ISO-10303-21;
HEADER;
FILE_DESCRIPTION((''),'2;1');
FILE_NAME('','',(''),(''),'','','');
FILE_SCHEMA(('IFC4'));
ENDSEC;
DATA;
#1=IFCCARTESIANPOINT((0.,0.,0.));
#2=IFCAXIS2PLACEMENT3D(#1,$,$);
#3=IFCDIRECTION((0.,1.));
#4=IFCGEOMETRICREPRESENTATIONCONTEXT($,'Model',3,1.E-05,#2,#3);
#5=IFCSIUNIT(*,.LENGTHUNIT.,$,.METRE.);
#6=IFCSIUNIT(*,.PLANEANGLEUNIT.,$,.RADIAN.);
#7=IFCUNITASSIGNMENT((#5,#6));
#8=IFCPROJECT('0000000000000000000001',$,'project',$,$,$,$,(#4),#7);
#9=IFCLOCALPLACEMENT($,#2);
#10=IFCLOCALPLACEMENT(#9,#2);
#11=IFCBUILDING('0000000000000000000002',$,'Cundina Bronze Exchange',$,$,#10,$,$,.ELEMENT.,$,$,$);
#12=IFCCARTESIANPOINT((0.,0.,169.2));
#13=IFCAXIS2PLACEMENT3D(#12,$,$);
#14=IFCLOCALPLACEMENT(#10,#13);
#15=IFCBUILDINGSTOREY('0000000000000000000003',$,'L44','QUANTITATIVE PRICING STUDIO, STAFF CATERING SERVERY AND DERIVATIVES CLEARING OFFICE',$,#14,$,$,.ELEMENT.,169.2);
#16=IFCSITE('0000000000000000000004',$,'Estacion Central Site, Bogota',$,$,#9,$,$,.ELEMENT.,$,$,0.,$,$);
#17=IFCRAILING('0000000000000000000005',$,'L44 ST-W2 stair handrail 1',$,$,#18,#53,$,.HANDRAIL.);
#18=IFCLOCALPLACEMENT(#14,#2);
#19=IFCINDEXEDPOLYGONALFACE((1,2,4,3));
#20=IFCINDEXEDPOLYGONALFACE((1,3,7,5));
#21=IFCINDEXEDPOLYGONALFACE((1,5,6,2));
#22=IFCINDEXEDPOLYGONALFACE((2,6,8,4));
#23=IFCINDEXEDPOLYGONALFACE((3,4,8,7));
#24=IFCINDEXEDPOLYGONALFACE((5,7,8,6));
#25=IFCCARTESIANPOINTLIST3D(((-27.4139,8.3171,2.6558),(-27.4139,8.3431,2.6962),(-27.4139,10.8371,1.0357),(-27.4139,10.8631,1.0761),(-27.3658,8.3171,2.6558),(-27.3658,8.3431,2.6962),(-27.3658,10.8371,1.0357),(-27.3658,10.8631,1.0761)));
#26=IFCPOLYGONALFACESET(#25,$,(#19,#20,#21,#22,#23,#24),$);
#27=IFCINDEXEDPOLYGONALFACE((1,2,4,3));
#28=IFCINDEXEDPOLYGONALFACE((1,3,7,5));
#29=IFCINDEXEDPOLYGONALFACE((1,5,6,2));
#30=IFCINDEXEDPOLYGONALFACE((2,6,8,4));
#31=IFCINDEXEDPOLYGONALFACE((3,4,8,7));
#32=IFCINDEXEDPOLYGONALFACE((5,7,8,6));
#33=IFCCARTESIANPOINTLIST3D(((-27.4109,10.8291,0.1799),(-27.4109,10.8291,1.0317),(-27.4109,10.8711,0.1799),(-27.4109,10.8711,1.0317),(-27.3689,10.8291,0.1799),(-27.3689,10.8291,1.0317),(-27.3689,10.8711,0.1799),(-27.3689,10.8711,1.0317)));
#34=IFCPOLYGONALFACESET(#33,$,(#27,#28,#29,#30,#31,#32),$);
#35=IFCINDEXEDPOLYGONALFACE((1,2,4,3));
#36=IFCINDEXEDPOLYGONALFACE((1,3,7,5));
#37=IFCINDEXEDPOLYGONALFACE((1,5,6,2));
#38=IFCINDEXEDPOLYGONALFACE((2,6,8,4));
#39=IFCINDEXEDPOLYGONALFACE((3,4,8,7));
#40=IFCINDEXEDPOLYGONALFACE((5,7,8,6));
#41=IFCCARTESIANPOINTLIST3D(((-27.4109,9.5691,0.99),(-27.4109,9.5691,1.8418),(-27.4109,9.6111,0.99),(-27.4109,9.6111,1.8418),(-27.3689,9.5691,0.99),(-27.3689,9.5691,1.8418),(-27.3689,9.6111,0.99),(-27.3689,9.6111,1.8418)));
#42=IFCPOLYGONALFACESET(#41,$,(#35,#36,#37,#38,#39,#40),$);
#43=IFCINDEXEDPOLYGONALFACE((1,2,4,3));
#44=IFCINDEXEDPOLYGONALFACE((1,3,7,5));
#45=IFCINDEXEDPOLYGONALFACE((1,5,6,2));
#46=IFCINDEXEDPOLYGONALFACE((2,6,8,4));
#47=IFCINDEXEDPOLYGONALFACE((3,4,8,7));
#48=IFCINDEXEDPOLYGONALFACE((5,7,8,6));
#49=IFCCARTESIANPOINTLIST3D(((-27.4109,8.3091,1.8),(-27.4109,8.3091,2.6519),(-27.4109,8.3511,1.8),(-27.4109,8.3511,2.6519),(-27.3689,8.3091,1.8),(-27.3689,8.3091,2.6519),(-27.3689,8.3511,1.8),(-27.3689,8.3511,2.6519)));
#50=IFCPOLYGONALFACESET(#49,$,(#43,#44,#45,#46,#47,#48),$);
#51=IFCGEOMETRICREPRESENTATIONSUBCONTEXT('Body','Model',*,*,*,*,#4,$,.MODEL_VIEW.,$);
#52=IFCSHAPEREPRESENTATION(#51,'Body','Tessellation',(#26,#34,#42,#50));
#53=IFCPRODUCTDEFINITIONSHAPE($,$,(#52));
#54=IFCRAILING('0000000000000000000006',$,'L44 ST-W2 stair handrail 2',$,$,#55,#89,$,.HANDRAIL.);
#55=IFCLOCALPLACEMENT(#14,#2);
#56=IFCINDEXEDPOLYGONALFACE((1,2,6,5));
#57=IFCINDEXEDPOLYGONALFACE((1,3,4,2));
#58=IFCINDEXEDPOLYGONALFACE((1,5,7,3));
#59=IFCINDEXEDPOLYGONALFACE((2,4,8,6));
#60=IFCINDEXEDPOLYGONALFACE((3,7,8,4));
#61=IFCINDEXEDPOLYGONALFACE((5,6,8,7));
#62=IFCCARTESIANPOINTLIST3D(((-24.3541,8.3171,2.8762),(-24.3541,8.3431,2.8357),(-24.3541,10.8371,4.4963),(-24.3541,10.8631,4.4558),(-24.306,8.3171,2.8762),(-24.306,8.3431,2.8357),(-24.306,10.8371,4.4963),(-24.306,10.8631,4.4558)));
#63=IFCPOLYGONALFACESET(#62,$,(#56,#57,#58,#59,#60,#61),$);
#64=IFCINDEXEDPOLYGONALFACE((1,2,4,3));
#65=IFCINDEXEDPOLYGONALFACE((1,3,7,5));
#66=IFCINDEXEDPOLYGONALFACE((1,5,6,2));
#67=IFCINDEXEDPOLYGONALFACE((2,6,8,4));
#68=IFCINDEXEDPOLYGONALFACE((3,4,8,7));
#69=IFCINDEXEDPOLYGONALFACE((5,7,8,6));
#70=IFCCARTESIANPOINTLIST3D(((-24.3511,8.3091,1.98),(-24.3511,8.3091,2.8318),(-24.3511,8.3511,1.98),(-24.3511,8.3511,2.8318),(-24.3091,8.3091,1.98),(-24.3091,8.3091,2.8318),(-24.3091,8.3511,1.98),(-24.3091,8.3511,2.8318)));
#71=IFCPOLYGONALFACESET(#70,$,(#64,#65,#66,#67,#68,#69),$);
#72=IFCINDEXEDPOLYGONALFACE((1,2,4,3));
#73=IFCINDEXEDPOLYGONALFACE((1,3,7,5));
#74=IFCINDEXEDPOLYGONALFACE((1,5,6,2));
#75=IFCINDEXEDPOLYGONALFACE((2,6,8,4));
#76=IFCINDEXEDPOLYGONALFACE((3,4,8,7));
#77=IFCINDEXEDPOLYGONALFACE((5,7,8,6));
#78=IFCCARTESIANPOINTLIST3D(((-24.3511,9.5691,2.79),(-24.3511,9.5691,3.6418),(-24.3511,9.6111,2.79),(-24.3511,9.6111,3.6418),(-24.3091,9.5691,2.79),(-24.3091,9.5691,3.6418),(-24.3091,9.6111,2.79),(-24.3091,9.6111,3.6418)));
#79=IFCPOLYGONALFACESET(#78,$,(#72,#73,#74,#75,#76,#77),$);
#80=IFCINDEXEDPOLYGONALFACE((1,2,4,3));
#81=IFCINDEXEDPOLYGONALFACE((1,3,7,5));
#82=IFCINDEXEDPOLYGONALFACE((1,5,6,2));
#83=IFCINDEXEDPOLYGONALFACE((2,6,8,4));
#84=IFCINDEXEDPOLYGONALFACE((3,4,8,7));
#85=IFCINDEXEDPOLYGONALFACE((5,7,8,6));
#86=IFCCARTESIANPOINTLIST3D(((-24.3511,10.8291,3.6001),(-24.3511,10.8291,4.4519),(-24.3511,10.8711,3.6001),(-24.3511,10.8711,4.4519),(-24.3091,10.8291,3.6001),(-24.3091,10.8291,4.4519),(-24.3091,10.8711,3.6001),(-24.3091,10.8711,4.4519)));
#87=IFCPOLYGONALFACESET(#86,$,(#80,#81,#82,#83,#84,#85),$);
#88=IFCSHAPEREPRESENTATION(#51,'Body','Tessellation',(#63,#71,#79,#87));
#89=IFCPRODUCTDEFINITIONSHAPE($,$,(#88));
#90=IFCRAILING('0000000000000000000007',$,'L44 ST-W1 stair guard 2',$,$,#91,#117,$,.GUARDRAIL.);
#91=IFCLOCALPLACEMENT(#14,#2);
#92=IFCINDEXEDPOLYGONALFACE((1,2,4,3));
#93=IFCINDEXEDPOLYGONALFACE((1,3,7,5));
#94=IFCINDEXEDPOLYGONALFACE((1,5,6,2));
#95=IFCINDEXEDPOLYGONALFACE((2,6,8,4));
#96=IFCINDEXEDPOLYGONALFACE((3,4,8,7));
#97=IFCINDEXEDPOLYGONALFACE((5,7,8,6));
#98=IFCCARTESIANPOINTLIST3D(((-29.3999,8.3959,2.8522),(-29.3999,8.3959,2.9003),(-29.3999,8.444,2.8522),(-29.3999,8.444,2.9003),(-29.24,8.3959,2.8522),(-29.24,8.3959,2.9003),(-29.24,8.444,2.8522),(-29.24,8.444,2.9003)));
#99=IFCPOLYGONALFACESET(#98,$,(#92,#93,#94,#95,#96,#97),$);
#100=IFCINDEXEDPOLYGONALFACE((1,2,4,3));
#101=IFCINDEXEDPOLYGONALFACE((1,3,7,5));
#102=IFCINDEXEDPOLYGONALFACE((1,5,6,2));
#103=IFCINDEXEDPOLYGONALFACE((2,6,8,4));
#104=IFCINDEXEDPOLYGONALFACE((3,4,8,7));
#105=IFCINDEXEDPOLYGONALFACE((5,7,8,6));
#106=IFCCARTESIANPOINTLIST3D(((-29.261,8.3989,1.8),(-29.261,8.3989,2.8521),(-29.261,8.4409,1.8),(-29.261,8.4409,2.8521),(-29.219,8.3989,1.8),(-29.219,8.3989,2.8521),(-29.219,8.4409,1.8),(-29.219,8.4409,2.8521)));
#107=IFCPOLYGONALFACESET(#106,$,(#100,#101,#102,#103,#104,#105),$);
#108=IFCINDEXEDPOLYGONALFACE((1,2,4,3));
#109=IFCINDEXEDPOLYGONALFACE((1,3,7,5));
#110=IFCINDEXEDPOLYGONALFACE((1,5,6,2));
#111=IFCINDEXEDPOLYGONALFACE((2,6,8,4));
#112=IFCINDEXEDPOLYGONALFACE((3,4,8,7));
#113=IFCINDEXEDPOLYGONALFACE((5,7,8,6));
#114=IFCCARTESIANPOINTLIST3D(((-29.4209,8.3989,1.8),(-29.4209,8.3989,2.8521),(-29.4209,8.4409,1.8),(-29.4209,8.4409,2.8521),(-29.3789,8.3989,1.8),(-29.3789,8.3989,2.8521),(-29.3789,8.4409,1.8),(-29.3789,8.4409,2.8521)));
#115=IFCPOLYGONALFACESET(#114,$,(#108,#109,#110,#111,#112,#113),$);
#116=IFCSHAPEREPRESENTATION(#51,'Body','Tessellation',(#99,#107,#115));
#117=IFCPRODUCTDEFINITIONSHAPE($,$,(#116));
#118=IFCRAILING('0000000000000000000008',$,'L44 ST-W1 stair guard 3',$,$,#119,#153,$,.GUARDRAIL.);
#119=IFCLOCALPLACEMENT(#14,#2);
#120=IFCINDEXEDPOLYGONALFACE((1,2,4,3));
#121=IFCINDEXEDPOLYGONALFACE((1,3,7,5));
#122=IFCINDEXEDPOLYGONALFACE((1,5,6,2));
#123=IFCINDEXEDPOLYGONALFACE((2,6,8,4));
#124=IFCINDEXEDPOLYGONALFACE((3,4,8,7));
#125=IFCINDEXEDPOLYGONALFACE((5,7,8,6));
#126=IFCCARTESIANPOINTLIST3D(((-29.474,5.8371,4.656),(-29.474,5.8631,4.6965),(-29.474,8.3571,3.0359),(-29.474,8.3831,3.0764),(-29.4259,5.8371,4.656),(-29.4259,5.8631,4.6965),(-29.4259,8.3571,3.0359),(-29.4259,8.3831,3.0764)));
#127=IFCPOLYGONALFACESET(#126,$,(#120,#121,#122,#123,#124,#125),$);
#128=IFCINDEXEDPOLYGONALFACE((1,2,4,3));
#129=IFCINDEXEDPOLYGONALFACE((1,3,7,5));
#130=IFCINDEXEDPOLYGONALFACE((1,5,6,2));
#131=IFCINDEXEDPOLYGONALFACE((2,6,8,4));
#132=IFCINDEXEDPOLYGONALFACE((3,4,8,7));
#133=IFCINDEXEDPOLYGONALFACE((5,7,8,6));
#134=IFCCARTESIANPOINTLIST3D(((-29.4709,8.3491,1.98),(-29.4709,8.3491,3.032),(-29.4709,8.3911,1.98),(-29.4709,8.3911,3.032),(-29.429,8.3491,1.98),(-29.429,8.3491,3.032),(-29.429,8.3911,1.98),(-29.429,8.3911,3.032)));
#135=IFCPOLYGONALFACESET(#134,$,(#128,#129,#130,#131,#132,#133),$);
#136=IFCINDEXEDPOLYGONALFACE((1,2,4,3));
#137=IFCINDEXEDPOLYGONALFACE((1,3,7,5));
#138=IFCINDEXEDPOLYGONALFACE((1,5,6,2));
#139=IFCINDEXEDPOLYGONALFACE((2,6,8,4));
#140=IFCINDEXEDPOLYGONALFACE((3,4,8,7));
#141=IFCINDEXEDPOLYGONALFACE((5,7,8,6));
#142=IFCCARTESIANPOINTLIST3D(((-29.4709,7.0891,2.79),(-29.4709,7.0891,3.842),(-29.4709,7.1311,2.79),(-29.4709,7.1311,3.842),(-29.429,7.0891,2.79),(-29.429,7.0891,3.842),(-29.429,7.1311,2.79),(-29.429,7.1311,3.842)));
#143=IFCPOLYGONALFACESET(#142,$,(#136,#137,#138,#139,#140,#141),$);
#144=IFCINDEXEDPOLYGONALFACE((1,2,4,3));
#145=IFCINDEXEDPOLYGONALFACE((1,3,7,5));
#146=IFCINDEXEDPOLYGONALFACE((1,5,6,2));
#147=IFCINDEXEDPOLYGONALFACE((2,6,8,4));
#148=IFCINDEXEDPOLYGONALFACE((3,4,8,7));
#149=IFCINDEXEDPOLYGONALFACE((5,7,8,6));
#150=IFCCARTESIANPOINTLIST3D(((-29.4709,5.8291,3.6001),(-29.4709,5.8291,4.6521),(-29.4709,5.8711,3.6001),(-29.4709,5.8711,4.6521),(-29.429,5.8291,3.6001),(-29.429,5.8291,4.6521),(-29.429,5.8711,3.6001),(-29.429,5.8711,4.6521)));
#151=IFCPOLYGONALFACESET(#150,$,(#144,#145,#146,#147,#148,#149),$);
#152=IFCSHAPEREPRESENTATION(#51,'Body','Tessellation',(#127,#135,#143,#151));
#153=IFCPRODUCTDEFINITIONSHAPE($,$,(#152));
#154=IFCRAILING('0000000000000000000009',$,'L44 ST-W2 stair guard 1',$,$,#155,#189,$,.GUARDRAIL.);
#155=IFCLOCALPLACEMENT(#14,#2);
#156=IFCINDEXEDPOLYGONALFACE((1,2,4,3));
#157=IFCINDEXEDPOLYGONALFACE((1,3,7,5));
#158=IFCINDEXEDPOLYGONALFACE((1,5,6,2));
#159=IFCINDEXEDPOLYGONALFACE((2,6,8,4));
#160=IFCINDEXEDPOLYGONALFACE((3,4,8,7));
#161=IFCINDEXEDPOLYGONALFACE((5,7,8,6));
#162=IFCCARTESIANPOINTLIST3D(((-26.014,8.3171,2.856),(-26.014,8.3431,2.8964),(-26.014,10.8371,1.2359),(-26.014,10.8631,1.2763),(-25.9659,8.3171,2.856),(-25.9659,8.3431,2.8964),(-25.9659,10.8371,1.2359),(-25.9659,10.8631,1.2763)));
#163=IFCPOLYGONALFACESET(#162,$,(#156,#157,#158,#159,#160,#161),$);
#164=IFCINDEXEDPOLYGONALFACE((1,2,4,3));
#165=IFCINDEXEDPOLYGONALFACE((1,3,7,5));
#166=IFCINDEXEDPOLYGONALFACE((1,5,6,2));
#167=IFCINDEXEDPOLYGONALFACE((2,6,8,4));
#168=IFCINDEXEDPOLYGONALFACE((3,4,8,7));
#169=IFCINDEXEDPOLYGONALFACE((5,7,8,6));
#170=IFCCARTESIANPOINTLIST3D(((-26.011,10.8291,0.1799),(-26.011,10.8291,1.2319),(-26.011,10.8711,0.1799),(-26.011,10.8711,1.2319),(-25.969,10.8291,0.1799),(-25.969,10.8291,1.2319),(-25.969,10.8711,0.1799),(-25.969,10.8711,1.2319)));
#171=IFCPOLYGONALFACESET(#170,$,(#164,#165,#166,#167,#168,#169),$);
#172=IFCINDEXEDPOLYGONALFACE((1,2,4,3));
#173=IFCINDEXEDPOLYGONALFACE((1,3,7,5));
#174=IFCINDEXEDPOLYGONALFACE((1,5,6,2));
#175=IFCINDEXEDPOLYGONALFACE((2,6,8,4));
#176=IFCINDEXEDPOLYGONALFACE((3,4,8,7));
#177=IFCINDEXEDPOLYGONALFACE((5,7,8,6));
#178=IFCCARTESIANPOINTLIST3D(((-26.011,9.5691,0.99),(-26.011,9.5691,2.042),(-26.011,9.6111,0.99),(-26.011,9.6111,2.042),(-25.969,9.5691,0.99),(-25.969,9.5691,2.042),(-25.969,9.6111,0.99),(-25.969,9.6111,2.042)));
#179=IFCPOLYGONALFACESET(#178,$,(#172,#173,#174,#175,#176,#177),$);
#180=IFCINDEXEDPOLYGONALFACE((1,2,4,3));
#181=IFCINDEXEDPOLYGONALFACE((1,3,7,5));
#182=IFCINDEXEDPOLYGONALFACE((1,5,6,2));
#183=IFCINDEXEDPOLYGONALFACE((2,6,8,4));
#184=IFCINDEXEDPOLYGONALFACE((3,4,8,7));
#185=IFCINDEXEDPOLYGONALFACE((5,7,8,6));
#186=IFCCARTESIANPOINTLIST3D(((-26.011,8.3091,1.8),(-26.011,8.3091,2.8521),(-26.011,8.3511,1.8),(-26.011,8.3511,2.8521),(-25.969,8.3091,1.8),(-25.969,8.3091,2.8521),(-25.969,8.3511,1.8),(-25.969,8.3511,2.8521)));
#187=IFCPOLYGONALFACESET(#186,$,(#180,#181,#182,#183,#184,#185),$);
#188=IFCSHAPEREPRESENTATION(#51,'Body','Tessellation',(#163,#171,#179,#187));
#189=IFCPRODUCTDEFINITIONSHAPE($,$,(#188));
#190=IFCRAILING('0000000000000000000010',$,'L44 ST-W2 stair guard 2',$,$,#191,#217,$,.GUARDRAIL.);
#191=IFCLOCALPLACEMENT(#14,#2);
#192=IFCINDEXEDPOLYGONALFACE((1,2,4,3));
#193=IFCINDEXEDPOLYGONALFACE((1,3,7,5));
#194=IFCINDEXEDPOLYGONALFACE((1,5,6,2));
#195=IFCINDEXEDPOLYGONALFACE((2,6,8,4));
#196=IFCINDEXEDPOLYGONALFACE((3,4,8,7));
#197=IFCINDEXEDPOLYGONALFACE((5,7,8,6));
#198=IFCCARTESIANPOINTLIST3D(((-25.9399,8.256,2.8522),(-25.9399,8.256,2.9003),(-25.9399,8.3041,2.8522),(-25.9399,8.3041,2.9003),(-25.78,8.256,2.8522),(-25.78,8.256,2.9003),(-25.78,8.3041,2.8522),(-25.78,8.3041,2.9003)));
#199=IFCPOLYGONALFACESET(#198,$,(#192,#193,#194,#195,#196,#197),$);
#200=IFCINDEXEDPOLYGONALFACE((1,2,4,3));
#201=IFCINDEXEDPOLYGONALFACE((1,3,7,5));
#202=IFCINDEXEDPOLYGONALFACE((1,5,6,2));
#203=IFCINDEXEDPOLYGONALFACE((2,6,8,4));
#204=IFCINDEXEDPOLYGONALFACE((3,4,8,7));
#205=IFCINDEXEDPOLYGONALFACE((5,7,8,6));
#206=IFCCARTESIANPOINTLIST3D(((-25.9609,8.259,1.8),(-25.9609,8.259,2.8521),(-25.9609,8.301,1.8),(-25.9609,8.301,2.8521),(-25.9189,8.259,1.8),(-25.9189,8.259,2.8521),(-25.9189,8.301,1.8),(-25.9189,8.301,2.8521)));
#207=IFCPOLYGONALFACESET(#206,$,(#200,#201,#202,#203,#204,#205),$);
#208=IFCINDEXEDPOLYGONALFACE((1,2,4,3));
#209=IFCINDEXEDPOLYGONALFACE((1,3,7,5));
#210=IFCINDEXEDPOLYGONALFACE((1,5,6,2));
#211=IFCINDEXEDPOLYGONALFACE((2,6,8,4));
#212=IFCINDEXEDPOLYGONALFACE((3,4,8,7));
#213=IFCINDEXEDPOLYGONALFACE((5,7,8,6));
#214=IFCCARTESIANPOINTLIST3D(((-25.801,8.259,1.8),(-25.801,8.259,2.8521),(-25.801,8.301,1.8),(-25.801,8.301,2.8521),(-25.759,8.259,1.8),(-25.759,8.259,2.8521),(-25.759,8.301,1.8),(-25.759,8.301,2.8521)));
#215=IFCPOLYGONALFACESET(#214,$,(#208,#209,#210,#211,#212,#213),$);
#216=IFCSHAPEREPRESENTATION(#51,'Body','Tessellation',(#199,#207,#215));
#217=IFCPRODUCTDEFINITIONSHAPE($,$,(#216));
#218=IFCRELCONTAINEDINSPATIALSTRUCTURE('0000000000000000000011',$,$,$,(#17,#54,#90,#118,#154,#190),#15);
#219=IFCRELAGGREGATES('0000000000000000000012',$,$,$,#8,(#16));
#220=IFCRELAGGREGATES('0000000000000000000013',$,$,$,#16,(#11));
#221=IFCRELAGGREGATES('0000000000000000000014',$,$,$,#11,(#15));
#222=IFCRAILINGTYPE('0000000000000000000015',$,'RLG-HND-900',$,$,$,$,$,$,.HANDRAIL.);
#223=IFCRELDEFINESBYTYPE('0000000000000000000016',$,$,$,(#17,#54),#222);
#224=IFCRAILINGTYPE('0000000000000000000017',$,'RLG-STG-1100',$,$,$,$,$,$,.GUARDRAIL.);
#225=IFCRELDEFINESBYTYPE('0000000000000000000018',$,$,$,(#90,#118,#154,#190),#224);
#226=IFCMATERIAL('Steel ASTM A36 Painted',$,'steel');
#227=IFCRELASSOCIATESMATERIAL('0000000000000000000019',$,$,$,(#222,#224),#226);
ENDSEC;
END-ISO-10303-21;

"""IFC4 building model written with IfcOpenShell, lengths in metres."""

from ifc_helpers import new_model, si_unit, direction, frame, origin, origin_2d, place, context, subcontext, project, spatial, rectangle, extrude, material, type_object, element, save


model = new_model("IFC4")

# Units and contexts
model_context = context("Model", 3, precision=1e-05, world=origin(), true_north=direction((0.0, 1.0)))
body_context = subcontext(model_context, "Body", "Model", "MODEL_VIEW")
ifc_project = project(units=[si_unit("LENGTHUNIT", "METRE"), si_unit("PLANEANGLEUNIT", "RADIAN")], contexts=[model_context])

# Site, building, storey
site_placement = place(None, origin())
site = spatial("IfcSite", under=ifc_project, at=site_placement, Name="Estacion Central Site, Bogota", CompositionType="ELEMENT", RefElevation=0.0)
building_placement = place(site_placement, origin())
building = spatial("IfcBuilding", under=site, at=building_placement, Name="Cundina Bronze Exchange", CompositionType="ELEMENT")
storey_placement = place(building_placement, frame((0.0, 0.0, 169.2)))
storey = spatial("IfcBuildingStorey", under=building, at=storey_placement, Name="L44", Description="QUANTITATIVE PRICING STUDIO, STAFF CATERING SERVERY AND DERIVATIVES CLEARING OFFICE", CompositionType="ELEMENT", Elevation=169.2)

# Shared definitions
ifc_material_1 = material(Name="Steel ASTM A36 Painted", Category="steel")

# Railings
railing_type_1 = type_object("IfcRailingType", Name="RLG-HND-900", PredefinedType="HANDRAIL", material=ifc_material_1)
railing_1_placement = place(storey_placement, frame((-27.3899, 10.8501, 0.1799)))
element("IfcRailing", 1, at=railing_1_placement, inside=storey, type_object=railing_type_1, Name="L44 ST-W2 stair handrail 1", PredefinedType="HANDRAIL", context=body_context, shape_type="SweptSolid", body=[
    extrude(rectangle(XDim=0.0481, YDim=0.0481, at=origin_2d()), frame((0.0, 0.0, 0.876), z_axis=(0.0, -0.841163, 0.540782), x_axis=(1.0, 0.0, 0.0)), (0.0, 0.0, 1.0), 2.9958),
    extrude(rectangle(XDim=0.042, YDim=0.042, at=origin_2d()), origin(), (0.0, 0.0, 1.0), 0.8518),
    extrude(rectangle(XDim=0.042, YDim=0.042, at=origin_2d()), frame((0.0, -1.26, 0.8101)), (0.0, 0.0, 1.0), 0.8518),
    extrude(rectangle(XDim=0.042, YDim=0.042, at=origin_2d()), frame((0.0, -2.52, 1.6201)), (0.0, 0.0, 1.0), 0.8518),
])
railing_2_placement = place(storey_placement, frame((-24.3301, 8.3301, 1.98)))
element("IfcRailing", 2, at=railing_2_placement, inside=storey, type_object=railing_type_1, Name="L44 ST-W2 stair handrail 2", PredefinedType="HANDRAIL", context=body_context, shape_type="SweptSolid", body=[
    extrude(rectangle(XDim=0.0481, YDim=0.0481, at=origin_2d()), frame((0.0, 0.0, 0.876), z_axis=(0.0, 0.841163, 0.540782), x_axis=(-1.0, 0.0, 0.0)), (0.0, 0.0, 1.0), 2.9958),
    extrude(rectangle(XDim=0.042, YDim=0.042, at=origin_2d()), origin(), (0.0, 0.0, 1.0), 0.8518),
    extrude(rectangle(XDim=0.042, YDim=0.042, at=origin_2d()), frame((0.0, 1.26, 0.8101)), (0.0, 0.0, 1.0), 0.8518),
    extrude(rectangle(XDim=0.042, YDim=0.042, at=origin_2d()), frame((0.0, 2.52, 1.6201)), (0.0, 0.0, 1.0), 0.8518),
])
railing_type_2 = type_object("IfcRailingType", Name="RLG-STG-1100", PredefinedType="GUARDRAIL", material=ifc_material_1)
railing_3_placement = place(storey_placement, frame((-29.24, 8.4199, 1.8)))
element("IfcRailing", 3, at=railing_3_placement, inside=storey, type_object=railing_type_2, Name="L44 ST-W1 stair guard 2", PredefinedType="GUARDRAIL", context=body_context, shape_type="SweptSolid", body=[
    extrude(rectangle(XDim=0.0481, YDim=0.0481, at=origin_2d()), frame((0.0, 0.0, 1.0762), z_axis=(-1.0, 0.0, 0.0), x_axis=(0.0, -1.0, 0.0)), (0.0, 0.0, 1.0), 0.1599),
    extrude(rectangle(XDim=0.042, YDim=0.042, at=origin_2d()), origin(), (0.0, 0.0, 1.0), 1.052),
    extrude(rectangle(XDim=0.042, YDim=0.042, at=origin_2d()), frame((-0.1599, 0.0, 0.0)), (0.0, 0.0, 1.0), 1.052),
])
for number, where, name in (
    (4, (-29.45, 8.3701, 1.98), "L44 ST-W1 stair guard 3"),
    (5, (-25.99, 10.8501, 0.1799), "L44 ST-W2 stair guard 1"),
):
    element("IfcRailing", number, at=place(storey_placement, frame(where)), inside=storey, type_object=railing_type_2, Name=name, PredefinedType="GUARDRAIL", context=body_context, shape_type="SweptSolid", body=[
        extrude(rectangle(XDim=0.0481, YDim=0.0481, at=origin_2d()), frame((0.0, 0.0, 1.0762), z_axis=(0.0, -0.841163, 0.540782), x_axis=(1.0, 0.0, 0.0)), (0.0, 0.0, 1.0), 2.9958),
        extrude(rectangle(XDim=0.042, YDim=0.042, at=origin_2d()), origin(), (0.0, 0.0, 1.0), 1.052),
        extrude(rectangle(XDim=0.042, YDim=0.042, at=origin_2d()), frame((0.0, -1.26, 0.8101)), (0.0, 0.0, 1.0), 1.052),
        extrude(rectangle(XDim=0.042, YDim=0.042, at=origin_2d()), frame((0.0, -2.52, 1.6201)), (0.0, 0.0, 1.0), 1.052),
    ])
railing_4_placement = place(storey_placement, frame((-25.9399, 8.28, 1.8)))
element("IfcRailing", 6, at=railing_4_placement, inside=storey, type_object=railing_type_2, Name="L44 ST-W2 stair guard 2", PredefinedType="GUARDRAIL", context=body_context, shape_type="SweptSolid", body=[
    extrude(rectangle(XDim=0.0481, YDim=0.0481, at=origin_2d()), frame((0.0, 0.0, 1.0762), z_axis=(1.0, 0.0, 0.0), x_axis=(0.0, 1.0, 0.0)), (0.0, 0.0, 1.0), 0.1599),
    extrude(rectangle(XDim=0.042, YDim=0.042, at=origin_2d()), origin(), (0.0, 0.0, 1.0), 1.052),
    extrude(rectangle(XDim=0.042, YDim=0.042, at=origin_2d()), frame((0.1599, 0.0, 0.0)), (0.0, 0.0, 1.0), 1.052),
])

save(model, "model.ifc")
